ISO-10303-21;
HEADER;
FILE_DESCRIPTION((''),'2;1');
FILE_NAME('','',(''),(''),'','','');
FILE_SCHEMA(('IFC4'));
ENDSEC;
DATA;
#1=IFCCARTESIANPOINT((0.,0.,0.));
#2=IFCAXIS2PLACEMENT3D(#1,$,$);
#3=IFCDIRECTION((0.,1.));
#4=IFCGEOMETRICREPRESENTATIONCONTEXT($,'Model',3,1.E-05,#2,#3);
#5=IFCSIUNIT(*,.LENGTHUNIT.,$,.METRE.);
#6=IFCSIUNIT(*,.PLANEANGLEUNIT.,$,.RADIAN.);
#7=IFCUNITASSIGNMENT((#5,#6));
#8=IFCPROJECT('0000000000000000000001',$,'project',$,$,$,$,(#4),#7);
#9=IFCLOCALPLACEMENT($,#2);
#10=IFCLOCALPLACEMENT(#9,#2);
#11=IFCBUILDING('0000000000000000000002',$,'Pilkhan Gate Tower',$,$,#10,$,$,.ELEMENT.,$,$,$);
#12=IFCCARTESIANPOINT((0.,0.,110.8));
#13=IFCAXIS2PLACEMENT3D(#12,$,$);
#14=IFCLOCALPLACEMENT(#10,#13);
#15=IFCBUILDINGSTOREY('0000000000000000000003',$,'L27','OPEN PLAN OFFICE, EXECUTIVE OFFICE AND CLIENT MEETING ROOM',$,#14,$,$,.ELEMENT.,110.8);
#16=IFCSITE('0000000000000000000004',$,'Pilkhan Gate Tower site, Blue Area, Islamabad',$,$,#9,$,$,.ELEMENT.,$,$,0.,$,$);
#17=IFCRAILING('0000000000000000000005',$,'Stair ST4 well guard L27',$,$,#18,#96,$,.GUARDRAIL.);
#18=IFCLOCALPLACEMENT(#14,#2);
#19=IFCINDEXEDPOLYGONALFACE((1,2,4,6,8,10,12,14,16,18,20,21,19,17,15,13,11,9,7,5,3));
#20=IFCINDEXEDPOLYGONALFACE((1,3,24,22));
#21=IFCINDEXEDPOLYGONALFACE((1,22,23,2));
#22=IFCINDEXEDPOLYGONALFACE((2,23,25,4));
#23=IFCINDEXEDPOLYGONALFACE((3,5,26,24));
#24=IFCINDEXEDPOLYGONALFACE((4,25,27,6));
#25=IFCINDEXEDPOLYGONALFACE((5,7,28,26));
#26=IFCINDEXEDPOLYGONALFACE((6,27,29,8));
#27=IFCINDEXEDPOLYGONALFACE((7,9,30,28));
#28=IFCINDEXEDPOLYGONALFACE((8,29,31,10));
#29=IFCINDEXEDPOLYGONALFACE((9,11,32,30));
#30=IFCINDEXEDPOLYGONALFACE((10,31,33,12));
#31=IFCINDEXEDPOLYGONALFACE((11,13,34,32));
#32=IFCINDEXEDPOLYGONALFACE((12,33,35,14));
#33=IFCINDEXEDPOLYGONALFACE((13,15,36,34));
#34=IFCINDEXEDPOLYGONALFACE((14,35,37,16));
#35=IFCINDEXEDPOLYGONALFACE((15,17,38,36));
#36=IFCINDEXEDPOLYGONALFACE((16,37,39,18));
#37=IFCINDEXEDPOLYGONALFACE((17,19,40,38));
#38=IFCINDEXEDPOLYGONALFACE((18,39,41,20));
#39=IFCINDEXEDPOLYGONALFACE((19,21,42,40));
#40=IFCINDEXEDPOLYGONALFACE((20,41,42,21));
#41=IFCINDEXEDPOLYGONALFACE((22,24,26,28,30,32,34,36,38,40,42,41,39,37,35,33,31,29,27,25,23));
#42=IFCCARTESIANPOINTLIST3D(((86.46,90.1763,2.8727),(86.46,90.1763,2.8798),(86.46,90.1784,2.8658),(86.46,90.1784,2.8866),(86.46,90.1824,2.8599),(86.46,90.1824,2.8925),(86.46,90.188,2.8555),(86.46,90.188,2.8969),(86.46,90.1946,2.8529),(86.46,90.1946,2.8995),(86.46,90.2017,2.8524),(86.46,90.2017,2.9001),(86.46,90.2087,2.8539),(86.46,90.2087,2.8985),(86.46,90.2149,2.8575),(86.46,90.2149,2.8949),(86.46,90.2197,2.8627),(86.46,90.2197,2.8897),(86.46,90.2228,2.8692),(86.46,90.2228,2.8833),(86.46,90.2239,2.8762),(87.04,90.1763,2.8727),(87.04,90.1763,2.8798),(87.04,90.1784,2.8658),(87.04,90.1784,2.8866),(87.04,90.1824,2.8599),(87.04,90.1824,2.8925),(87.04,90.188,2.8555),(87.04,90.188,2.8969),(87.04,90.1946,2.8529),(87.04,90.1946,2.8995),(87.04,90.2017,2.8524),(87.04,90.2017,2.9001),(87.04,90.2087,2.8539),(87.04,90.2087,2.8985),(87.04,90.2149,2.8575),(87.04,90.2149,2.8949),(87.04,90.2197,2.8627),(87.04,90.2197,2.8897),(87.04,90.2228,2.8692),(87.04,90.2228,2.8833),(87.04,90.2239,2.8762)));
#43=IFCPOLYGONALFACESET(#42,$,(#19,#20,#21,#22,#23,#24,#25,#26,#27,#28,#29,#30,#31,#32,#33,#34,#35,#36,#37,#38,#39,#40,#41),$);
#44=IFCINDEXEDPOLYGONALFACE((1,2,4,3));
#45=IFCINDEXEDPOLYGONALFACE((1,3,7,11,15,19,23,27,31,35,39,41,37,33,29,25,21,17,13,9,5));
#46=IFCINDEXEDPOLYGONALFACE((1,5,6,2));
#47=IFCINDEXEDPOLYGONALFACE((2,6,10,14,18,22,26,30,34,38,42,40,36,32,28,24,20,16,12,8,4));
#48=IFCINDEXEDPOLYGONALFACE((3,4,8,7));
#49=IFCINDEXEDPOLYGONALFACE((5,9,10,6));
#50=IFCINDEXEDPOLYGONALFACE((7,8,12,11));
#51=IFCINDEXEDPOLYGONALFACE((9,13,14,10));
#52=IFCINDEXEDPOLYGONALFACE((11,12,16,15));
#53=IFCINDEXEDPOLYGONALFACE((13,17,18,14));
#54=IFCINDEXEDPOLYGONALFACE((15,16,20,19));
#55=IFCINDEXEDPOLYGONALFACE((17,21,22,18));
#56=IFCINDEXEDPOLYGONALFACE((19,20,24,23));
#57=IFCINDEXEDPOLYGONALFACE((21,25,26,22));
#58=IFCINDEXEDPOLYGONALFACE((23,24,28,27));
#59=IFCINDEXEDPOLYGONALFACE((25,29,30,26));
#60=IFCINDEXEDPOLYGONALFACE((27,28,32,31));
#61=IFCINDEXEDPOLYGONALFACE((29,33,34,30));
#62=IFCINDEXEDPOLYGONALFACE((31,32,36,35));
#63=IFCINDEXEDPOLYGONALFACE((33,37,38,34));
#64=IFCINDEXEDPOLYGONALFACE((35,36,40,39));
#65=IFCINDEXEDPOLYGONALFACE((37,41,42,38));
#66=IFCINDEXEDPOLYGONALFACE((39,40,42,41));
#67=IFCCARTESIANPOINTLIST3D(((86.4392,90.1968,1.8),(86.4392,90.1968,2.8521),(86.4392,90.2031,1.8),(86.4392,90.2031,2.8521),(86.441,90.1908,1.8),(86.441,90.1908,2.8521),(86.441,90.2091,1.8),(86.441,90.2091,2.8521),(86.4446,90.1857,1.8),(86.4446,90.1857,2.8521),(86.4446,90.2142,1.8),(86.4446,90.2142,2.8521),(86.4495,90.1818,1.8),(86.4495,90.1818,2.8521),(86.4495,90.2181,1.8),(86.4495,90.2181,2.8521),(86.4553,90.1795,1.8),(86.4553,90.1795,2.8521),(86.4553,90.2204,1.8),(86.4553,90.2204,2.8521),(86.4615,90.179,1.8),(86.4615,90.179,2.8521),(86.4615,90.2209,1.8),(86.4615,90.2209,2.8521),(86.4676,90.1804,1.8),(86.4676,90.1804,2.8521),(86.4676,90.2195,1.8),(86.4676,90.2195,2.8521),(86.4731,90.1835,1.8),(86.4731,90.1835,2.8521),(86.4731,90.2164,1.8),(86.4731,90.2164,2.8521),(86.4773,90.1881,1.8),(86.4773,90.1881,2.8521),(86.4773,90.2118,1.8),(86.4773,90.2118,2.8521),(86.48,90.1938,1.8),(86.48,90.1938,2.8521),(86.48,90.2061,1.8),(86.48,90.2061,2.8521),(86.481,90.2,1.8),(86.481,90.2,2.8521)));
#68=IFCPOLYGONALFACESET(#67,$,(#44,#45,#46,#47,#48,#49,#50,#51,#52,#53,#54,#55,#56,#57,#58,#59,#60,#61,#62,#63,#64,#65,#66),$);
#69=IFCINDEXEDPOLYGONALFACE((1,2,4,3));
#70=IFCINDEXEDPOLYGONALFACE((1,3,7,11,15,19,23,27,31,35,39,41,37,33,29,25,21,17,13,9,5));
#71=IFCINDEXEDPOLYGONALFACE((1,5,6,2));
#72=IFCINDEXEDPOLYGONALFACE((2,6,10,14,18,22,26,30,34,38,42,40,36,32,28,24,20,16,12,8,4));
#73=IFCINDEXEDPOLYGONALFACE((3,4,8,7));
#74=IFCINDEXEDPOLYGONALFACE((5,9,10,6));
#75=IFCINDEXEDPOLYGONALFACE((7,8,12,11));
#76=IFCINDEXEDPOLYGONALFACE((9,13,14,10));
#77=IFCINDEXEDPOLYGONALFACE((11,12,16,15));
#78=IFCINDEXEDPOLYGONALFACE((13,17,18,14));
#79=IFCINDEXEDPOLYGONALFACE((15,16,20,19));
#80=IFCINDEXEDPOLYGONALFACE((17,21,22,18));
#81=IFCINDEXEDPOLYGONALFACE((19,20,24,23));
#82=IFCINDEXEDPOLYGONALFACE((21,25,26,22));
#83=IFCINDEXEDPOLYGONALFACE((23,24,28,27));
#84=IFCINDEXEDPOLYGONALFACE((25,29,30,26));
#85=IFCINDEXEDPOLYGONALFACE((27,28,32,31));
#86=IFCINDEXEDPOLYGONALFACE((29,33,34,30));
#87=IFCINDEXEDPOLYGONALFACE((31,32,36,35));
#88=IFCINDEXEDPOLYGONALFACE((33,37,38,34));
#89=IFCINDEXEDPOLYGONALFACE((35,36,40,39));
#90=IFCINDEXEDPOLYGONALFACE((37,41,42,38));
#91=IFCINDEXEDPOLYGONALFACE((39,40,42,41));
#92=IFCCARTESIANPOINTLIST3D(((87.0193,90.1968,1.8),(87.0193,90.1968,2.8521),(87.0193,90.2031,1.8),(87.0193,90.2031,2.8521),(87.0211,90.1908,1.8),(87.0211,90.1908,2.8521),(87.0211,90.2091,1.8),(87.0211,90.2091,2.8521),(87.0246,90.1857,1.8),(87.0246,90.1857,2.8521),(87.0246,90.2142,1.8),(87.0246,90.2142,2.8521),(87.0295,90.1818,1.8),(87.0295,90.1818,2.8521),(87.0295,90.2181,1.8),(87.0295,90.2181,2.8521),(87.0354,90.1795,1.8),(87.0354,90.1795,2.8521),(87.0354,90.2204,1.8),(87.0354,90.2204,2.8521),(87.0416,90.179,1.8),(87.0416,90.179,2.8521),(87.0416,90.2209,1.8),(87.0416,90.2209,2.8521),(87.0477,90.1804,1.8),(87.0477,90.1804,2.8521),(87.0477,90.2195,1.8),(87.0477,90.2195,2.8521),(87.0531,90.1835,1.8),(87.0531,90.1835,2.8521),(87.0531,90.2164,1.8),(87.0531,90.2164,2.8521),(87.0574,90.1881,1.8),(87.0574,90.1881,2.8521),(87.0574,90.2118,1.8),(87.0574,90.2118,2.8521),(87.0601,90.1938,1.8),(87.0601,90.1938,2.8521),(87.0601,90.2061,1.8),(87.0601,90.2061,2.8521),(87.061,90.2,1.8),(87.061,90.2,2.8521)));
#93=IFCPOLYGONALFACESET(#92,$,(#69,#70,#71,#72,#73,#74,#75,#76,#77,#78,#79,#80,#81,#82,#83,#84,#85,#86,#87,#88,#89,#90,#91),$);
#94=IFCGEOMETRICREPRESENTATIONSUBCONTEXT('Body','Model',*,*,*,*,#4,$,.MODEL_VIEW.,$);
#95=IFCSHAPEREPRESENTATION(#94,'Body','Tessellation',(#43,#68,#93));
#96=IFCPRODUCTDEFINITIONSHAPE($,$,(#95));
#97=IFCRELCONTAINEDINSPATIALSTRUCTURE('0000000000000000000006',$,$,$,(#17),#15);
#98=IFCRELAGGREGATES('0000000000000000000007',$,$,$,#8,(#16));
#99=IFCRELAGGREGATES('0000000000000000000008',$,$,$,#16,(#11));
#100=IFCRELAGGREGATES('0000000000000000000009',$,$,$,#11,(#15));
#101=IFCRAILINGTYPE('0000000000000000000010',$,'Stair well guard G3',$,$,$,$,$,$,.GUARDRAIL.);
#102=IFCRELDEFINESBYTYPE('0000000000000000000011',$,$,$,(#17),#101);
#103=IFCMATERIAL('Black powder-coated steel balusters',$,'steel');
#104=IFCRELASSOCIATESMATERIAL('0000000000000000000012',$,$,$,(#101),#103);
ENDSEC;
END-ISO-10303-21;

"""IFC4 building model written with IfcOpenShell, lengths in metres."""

from ifc_helpers import new_model, si_unit, direction, frame, origin, origin_2d, place, context, subcontext, project, spatial, circle, extrude, material, type_object, element, save


model = new_model("IFC4")

# Units and contexts
model_context = context("Model", 3, precision=1e-05, world=origin(), true_north=direction((0.0, 1.0)))
body_context = subcontext(model_context, "Body", "Model", "MODEL_VIEW")
ifc_project = project(units=[si_unit("LENGTHUNIT", "METRE"), si_unit("PLANEANGLEUNIT", "RADIAN")], contexts=[model_context])

# Site, building, storey
site_placement = place(None, origin())
site = spatial("IfcSite", under=ifc_project, at=site_placement, Name="Pilkhan Gate Tower site, Blue Area, Islamabad", CompositionType="ELEMENT", RefElevation=0.0)
building_placement = place(site_placement, origin())
building = spatial("IfcBuilding", under=site, at=building_placement, Name="Pilkhan Gate Tower", CompositionType="ELEMENT")
storey_placement = place(building_placement, frame((0.0, 0.0, 110.8)))
storey = spatial("IfcBuildingStorey", under=building, at=storey_placement, Name="L27", Description="OPEN PLAN OFFICE, EXECUTIVE OFFICE AND CLIENT MEETING ROOM", CompositionType="ELEMENT", Elevation=110.8)

# Railing
ifc_material_1 = material(Name="Black powder-coated steel balusters", Category="steel")
railing_type_1 = type_object("IfcRailingType", Name="Stair well guard G3", PredefinedType="GUARDRAIL", material=ifc_material_1)
for number, where, name in (
    (1, (86.46, 90.2, 1.8), "Stair ST4 well guard L27"),
):
    element("IfcRailing", number, at=place(storey_placement, frame(where)), inside=storey, type_object=railing_type_1, Name=name, PredefinedType="GUARDRAIL", context=body_context, shape_type="SweptSolid", body=[
        extrude(circle(Radius=0.0239, at=origin_2d()), frame((0.0, 0.0, 1.0762), z_axis=(1.0, 0.0, 0.0), x_axis=(0.0, 1.0, 0.0)), (0.0, 0.0, 1.0), 0.5801),
        extrude(circle(Radius=0.021, at=origin_2d()), origin(), (0.0, 0.0, 1.0), 1.052),
        extrude(circle(Radius=0.021, at=origin_2d()), frame((0.5801, 0.0, 0.0)), (0.0, 0.0, 1.0), 1.052),
    ])

save(model, "model.ifc")
